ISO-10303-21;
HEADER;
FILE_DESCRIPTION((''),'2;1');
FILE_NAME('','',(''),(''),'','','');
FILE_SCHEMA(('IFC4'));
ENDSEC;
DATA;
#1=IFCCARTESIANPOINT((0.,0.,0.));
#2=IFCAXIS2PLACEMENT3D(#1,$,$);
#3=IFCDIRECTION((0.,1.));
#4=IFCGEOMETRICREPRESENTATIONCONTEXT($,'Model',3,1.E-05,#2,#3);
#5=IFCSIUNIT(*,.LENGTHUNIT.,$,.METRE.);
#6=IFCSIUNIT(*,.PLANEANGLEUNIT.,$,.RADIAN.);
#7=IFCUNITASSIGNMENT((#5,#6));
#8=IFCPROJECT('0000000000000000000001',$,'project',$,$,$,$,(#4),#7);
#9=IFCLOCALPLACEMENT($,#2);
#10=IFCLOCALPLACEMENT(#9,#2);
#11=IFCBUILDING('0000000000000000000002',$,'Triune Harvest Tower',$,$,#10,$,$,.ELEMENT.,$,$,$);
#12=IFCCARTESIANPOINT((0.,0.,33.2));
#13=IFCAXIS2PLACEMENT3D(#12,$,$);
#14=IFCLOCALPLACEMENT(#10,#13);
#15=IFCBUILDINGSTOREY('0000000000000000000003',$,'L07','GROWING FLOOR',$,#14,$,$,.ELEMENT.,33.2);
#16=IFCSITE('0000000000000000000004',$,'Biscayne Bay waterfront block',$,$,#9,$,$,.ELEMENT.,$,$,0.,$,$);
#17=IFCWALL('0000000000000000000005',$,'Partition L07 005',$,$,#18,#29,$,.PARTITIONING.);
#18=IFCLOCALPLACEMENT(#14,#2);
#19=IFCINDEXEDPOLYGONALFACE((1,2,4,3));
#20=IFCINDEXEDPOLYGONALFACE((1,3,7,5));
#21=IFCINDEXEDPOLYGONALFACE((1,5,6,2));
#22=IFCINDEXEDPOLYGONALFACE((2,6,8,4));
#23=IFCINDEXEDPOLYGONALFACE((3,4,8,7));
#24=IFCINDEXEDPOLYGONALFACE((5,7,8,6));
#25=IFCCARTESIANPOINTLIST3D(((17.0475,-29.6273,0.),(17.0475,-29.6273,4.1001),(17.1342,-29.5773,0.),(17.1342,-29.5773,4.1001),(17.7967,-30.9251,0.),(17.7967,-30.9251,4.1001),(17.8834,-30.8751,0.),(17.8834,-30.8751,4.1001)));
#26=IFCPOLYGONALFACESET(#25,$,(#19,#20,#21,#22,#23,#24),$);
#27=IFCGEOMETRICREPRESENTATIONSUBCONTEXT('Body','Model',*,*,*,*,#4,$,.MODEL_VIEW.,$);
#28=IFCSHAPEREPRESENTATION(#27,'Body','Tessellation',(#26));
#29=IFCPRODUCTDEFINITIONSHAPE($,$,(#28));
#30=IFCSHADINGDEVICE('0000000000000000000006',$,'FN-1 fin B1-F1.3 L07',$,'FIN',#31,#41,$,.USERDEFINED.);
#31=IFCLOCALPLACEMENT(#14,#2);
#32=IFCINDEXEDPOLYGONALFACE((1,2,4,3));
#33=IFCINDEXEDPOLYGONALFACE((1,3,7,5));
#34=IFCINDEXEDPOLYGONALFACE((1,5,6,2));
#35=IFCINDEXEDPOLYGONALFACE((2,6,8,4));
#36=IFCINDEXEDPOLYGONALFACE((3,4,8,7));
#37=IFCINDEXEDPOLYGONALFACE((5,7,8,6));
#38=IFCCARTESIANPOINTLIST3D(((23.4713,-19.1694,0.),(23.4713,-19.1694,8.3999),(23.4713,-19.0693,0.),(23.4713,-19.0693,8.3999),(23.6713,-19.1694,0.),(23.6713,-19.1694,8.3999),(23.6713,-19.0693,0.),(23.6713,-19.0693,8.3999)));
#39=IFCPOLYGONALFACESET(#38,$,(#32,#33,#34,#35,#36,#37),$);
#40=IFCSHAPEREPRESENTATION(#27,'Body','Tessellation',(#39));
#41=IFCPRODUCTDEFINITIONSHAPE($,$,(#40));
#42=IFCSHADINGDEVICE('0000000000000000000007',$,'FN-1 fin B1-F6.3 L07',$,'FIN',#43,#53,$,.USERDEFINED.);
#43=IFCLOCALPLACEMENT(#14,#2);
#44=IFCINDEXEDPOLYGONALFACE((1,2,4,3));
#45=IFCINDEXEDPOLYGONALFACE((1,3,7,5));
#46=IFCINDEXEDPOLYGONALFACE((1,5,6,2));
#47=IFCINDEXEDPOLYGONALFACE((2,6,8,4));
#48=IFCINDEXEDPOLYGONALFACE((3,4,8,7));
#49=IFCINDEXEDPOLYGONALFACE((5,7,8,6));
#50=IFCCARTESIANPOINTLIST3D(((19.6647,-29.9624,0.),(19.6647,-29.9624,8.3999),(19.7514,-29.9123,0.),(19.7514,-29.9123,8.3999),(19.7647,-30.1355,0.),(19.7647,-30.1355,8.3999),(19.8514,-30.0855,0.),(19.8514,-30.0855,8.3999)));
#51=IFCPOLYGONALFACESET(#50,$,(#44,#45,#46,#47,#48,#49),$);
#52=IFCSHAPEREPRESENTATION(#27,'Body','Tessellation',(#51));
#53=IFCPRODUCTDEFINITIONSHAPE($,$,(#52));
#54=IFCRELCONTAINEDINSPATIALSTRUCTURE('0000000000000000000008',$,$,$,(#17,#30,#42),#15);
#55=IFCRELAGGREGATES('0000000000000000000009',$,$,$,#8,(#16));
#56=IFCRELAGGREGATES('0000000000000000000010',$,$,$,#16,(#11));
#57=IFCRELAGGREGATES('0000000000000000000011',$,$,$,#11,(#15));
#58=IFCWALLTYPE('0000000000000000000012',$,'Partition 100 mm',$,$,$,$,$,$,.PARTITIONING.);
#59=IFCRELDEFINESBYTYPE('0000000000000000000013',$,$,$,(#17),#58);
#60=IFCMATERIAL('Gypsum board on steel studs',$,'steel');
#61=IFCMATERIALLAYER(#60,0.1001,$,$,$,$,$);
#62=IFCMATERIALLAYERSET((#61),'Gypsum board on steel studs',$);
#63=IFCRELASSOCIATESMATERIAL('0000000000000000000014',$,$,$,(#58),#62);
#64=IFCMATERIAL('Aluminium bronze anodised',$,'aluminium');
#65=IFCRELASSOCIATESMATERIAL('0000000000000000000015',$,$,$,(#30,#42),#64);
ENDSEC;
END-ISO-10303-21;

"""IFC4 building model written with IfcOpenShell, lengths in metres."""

from ifc_helpers import new_model, si_unit, direction, frame, frame_2d, origin, origin_2d, place, context, subcontext, project, spatial, rectangle, extrude, source, transform, mapped, material, layer, layer_set, type_object, element, save


model = new_model("IFC4")

# Units and contexts
model_context = context("Model", 3, precision=1e-05, world=origin(), true_north=direction((0.0, 1.0)))
body_context = subcontext(model_context, "Body", "Model", "MODEL_VIEW")
ifc_project = project(units=[si_unit("LENGTHUNIT", "METRE"), si_unit("PLANEANGLEUNIT", "RADIAN")], contexts=[model_context])

# Site, building, storey
site_placement = place(None, origin())
site = spatial("IfcSite", under=ifc_project, at=site_placement, Name="Biscayne Bay waterfront block", CompositionType="ELEMENT", RefElevation=0.0)
building_placement = place(site_placement, origin())
building = spatial("IfcBuilding", under=site, at=building_placement, Name="Triune Harvest Tower", CompositionType="ELEMENT")
storey_placement = place(building_placement, frame((0.0, 0.0, 33.2)))
storey = spatial("IfcBuildingStorey", under=building, at=storey_placement, Name="L07", Description="GROWING FLOOR", CompositionType="ELEMENT", Elevation=33.2)

# Wall
ifc_material_1 = material(Name="Gypsum board on steel studs", Category="steel")
ifc_layer_1 = layer(ifc_material_1, 0.1001)
ifc_layer_set_1 = layer_set([ifc_layer_1], Name="Gypsum board on steel studs")
wall_type = type_object("IfcWallType", Name="Partition 100 mm", PredefinedType="PARTITIONING", material=ifc_layer_set_1)
shared_shape_1 = source(origin(), body_context, "Body", "SweptSolid", [
    extrude(rectangle(XDim=1.4985, YDim=0.1001, at=frame_2d((0.7493, 0.0))), origin(), (0.0, 0.0, 1.0), 4.1001),
])
wall_placement = place(storey_placement, frame((17.0908, -29.6023, 0.0), z_axis=(0.0, 0.0, 1.0), x_axis=(0.499976, -0.866039, 0.0)))
element("IfcWall", 1, at=wall_placement, inside=storey, type_object=wall_type, Name="Partition L07 005", PredefinedType="PARTITIONING", context=body_context, shape_type="MappedRepresentation", body=[
    mapped(shared_shape_1, transform((0.0, 0.0, 0.0), scale=1.0)),
])

# Shading devices
ifc_material_2 = material(Name="Aluminium bronze anodised", Category="aluminium")
shared_shape_2 = source(origin(), body_context, "Body", "SweptSolid", [
    extrude(rectangle(XDim=0.1001, YDim=0.2, at=origin_2d()), origin(), (0.0, 0.0, 1.0), 8.3999),
])
for number, where, z_axis, x_axis, name in (
    (2, (23.5713, -19.1194, 0.0), (0.0, 0.0, 1.0), (0.0, 1.0, 0.0), "FN-1 fin B1-F1.3 L07"),
    (3, (19.7581, -30.0239, 0.0), (0.0, 0.0, 1.0), (0.866026, 0.499999, 0.0), "FN-1 fin B1-F6.3 L07"),
):
    element("IfcShadingDevice", number, at=place(storey_placement, frame(where, z_axis=z_axis, x_axis=x_axis)), inside=storey, material=ifc_material_2, Name=name, ObjectType="FIN", PredefinedType="USERDEFINED", context=body_context, shape_type="MappedRepresentation", body=[
        mapped(shared_shape_2, transform((0.0, 0.0, 0.0), scale=1.0)),
    ])

save(model, "model.ifc")
